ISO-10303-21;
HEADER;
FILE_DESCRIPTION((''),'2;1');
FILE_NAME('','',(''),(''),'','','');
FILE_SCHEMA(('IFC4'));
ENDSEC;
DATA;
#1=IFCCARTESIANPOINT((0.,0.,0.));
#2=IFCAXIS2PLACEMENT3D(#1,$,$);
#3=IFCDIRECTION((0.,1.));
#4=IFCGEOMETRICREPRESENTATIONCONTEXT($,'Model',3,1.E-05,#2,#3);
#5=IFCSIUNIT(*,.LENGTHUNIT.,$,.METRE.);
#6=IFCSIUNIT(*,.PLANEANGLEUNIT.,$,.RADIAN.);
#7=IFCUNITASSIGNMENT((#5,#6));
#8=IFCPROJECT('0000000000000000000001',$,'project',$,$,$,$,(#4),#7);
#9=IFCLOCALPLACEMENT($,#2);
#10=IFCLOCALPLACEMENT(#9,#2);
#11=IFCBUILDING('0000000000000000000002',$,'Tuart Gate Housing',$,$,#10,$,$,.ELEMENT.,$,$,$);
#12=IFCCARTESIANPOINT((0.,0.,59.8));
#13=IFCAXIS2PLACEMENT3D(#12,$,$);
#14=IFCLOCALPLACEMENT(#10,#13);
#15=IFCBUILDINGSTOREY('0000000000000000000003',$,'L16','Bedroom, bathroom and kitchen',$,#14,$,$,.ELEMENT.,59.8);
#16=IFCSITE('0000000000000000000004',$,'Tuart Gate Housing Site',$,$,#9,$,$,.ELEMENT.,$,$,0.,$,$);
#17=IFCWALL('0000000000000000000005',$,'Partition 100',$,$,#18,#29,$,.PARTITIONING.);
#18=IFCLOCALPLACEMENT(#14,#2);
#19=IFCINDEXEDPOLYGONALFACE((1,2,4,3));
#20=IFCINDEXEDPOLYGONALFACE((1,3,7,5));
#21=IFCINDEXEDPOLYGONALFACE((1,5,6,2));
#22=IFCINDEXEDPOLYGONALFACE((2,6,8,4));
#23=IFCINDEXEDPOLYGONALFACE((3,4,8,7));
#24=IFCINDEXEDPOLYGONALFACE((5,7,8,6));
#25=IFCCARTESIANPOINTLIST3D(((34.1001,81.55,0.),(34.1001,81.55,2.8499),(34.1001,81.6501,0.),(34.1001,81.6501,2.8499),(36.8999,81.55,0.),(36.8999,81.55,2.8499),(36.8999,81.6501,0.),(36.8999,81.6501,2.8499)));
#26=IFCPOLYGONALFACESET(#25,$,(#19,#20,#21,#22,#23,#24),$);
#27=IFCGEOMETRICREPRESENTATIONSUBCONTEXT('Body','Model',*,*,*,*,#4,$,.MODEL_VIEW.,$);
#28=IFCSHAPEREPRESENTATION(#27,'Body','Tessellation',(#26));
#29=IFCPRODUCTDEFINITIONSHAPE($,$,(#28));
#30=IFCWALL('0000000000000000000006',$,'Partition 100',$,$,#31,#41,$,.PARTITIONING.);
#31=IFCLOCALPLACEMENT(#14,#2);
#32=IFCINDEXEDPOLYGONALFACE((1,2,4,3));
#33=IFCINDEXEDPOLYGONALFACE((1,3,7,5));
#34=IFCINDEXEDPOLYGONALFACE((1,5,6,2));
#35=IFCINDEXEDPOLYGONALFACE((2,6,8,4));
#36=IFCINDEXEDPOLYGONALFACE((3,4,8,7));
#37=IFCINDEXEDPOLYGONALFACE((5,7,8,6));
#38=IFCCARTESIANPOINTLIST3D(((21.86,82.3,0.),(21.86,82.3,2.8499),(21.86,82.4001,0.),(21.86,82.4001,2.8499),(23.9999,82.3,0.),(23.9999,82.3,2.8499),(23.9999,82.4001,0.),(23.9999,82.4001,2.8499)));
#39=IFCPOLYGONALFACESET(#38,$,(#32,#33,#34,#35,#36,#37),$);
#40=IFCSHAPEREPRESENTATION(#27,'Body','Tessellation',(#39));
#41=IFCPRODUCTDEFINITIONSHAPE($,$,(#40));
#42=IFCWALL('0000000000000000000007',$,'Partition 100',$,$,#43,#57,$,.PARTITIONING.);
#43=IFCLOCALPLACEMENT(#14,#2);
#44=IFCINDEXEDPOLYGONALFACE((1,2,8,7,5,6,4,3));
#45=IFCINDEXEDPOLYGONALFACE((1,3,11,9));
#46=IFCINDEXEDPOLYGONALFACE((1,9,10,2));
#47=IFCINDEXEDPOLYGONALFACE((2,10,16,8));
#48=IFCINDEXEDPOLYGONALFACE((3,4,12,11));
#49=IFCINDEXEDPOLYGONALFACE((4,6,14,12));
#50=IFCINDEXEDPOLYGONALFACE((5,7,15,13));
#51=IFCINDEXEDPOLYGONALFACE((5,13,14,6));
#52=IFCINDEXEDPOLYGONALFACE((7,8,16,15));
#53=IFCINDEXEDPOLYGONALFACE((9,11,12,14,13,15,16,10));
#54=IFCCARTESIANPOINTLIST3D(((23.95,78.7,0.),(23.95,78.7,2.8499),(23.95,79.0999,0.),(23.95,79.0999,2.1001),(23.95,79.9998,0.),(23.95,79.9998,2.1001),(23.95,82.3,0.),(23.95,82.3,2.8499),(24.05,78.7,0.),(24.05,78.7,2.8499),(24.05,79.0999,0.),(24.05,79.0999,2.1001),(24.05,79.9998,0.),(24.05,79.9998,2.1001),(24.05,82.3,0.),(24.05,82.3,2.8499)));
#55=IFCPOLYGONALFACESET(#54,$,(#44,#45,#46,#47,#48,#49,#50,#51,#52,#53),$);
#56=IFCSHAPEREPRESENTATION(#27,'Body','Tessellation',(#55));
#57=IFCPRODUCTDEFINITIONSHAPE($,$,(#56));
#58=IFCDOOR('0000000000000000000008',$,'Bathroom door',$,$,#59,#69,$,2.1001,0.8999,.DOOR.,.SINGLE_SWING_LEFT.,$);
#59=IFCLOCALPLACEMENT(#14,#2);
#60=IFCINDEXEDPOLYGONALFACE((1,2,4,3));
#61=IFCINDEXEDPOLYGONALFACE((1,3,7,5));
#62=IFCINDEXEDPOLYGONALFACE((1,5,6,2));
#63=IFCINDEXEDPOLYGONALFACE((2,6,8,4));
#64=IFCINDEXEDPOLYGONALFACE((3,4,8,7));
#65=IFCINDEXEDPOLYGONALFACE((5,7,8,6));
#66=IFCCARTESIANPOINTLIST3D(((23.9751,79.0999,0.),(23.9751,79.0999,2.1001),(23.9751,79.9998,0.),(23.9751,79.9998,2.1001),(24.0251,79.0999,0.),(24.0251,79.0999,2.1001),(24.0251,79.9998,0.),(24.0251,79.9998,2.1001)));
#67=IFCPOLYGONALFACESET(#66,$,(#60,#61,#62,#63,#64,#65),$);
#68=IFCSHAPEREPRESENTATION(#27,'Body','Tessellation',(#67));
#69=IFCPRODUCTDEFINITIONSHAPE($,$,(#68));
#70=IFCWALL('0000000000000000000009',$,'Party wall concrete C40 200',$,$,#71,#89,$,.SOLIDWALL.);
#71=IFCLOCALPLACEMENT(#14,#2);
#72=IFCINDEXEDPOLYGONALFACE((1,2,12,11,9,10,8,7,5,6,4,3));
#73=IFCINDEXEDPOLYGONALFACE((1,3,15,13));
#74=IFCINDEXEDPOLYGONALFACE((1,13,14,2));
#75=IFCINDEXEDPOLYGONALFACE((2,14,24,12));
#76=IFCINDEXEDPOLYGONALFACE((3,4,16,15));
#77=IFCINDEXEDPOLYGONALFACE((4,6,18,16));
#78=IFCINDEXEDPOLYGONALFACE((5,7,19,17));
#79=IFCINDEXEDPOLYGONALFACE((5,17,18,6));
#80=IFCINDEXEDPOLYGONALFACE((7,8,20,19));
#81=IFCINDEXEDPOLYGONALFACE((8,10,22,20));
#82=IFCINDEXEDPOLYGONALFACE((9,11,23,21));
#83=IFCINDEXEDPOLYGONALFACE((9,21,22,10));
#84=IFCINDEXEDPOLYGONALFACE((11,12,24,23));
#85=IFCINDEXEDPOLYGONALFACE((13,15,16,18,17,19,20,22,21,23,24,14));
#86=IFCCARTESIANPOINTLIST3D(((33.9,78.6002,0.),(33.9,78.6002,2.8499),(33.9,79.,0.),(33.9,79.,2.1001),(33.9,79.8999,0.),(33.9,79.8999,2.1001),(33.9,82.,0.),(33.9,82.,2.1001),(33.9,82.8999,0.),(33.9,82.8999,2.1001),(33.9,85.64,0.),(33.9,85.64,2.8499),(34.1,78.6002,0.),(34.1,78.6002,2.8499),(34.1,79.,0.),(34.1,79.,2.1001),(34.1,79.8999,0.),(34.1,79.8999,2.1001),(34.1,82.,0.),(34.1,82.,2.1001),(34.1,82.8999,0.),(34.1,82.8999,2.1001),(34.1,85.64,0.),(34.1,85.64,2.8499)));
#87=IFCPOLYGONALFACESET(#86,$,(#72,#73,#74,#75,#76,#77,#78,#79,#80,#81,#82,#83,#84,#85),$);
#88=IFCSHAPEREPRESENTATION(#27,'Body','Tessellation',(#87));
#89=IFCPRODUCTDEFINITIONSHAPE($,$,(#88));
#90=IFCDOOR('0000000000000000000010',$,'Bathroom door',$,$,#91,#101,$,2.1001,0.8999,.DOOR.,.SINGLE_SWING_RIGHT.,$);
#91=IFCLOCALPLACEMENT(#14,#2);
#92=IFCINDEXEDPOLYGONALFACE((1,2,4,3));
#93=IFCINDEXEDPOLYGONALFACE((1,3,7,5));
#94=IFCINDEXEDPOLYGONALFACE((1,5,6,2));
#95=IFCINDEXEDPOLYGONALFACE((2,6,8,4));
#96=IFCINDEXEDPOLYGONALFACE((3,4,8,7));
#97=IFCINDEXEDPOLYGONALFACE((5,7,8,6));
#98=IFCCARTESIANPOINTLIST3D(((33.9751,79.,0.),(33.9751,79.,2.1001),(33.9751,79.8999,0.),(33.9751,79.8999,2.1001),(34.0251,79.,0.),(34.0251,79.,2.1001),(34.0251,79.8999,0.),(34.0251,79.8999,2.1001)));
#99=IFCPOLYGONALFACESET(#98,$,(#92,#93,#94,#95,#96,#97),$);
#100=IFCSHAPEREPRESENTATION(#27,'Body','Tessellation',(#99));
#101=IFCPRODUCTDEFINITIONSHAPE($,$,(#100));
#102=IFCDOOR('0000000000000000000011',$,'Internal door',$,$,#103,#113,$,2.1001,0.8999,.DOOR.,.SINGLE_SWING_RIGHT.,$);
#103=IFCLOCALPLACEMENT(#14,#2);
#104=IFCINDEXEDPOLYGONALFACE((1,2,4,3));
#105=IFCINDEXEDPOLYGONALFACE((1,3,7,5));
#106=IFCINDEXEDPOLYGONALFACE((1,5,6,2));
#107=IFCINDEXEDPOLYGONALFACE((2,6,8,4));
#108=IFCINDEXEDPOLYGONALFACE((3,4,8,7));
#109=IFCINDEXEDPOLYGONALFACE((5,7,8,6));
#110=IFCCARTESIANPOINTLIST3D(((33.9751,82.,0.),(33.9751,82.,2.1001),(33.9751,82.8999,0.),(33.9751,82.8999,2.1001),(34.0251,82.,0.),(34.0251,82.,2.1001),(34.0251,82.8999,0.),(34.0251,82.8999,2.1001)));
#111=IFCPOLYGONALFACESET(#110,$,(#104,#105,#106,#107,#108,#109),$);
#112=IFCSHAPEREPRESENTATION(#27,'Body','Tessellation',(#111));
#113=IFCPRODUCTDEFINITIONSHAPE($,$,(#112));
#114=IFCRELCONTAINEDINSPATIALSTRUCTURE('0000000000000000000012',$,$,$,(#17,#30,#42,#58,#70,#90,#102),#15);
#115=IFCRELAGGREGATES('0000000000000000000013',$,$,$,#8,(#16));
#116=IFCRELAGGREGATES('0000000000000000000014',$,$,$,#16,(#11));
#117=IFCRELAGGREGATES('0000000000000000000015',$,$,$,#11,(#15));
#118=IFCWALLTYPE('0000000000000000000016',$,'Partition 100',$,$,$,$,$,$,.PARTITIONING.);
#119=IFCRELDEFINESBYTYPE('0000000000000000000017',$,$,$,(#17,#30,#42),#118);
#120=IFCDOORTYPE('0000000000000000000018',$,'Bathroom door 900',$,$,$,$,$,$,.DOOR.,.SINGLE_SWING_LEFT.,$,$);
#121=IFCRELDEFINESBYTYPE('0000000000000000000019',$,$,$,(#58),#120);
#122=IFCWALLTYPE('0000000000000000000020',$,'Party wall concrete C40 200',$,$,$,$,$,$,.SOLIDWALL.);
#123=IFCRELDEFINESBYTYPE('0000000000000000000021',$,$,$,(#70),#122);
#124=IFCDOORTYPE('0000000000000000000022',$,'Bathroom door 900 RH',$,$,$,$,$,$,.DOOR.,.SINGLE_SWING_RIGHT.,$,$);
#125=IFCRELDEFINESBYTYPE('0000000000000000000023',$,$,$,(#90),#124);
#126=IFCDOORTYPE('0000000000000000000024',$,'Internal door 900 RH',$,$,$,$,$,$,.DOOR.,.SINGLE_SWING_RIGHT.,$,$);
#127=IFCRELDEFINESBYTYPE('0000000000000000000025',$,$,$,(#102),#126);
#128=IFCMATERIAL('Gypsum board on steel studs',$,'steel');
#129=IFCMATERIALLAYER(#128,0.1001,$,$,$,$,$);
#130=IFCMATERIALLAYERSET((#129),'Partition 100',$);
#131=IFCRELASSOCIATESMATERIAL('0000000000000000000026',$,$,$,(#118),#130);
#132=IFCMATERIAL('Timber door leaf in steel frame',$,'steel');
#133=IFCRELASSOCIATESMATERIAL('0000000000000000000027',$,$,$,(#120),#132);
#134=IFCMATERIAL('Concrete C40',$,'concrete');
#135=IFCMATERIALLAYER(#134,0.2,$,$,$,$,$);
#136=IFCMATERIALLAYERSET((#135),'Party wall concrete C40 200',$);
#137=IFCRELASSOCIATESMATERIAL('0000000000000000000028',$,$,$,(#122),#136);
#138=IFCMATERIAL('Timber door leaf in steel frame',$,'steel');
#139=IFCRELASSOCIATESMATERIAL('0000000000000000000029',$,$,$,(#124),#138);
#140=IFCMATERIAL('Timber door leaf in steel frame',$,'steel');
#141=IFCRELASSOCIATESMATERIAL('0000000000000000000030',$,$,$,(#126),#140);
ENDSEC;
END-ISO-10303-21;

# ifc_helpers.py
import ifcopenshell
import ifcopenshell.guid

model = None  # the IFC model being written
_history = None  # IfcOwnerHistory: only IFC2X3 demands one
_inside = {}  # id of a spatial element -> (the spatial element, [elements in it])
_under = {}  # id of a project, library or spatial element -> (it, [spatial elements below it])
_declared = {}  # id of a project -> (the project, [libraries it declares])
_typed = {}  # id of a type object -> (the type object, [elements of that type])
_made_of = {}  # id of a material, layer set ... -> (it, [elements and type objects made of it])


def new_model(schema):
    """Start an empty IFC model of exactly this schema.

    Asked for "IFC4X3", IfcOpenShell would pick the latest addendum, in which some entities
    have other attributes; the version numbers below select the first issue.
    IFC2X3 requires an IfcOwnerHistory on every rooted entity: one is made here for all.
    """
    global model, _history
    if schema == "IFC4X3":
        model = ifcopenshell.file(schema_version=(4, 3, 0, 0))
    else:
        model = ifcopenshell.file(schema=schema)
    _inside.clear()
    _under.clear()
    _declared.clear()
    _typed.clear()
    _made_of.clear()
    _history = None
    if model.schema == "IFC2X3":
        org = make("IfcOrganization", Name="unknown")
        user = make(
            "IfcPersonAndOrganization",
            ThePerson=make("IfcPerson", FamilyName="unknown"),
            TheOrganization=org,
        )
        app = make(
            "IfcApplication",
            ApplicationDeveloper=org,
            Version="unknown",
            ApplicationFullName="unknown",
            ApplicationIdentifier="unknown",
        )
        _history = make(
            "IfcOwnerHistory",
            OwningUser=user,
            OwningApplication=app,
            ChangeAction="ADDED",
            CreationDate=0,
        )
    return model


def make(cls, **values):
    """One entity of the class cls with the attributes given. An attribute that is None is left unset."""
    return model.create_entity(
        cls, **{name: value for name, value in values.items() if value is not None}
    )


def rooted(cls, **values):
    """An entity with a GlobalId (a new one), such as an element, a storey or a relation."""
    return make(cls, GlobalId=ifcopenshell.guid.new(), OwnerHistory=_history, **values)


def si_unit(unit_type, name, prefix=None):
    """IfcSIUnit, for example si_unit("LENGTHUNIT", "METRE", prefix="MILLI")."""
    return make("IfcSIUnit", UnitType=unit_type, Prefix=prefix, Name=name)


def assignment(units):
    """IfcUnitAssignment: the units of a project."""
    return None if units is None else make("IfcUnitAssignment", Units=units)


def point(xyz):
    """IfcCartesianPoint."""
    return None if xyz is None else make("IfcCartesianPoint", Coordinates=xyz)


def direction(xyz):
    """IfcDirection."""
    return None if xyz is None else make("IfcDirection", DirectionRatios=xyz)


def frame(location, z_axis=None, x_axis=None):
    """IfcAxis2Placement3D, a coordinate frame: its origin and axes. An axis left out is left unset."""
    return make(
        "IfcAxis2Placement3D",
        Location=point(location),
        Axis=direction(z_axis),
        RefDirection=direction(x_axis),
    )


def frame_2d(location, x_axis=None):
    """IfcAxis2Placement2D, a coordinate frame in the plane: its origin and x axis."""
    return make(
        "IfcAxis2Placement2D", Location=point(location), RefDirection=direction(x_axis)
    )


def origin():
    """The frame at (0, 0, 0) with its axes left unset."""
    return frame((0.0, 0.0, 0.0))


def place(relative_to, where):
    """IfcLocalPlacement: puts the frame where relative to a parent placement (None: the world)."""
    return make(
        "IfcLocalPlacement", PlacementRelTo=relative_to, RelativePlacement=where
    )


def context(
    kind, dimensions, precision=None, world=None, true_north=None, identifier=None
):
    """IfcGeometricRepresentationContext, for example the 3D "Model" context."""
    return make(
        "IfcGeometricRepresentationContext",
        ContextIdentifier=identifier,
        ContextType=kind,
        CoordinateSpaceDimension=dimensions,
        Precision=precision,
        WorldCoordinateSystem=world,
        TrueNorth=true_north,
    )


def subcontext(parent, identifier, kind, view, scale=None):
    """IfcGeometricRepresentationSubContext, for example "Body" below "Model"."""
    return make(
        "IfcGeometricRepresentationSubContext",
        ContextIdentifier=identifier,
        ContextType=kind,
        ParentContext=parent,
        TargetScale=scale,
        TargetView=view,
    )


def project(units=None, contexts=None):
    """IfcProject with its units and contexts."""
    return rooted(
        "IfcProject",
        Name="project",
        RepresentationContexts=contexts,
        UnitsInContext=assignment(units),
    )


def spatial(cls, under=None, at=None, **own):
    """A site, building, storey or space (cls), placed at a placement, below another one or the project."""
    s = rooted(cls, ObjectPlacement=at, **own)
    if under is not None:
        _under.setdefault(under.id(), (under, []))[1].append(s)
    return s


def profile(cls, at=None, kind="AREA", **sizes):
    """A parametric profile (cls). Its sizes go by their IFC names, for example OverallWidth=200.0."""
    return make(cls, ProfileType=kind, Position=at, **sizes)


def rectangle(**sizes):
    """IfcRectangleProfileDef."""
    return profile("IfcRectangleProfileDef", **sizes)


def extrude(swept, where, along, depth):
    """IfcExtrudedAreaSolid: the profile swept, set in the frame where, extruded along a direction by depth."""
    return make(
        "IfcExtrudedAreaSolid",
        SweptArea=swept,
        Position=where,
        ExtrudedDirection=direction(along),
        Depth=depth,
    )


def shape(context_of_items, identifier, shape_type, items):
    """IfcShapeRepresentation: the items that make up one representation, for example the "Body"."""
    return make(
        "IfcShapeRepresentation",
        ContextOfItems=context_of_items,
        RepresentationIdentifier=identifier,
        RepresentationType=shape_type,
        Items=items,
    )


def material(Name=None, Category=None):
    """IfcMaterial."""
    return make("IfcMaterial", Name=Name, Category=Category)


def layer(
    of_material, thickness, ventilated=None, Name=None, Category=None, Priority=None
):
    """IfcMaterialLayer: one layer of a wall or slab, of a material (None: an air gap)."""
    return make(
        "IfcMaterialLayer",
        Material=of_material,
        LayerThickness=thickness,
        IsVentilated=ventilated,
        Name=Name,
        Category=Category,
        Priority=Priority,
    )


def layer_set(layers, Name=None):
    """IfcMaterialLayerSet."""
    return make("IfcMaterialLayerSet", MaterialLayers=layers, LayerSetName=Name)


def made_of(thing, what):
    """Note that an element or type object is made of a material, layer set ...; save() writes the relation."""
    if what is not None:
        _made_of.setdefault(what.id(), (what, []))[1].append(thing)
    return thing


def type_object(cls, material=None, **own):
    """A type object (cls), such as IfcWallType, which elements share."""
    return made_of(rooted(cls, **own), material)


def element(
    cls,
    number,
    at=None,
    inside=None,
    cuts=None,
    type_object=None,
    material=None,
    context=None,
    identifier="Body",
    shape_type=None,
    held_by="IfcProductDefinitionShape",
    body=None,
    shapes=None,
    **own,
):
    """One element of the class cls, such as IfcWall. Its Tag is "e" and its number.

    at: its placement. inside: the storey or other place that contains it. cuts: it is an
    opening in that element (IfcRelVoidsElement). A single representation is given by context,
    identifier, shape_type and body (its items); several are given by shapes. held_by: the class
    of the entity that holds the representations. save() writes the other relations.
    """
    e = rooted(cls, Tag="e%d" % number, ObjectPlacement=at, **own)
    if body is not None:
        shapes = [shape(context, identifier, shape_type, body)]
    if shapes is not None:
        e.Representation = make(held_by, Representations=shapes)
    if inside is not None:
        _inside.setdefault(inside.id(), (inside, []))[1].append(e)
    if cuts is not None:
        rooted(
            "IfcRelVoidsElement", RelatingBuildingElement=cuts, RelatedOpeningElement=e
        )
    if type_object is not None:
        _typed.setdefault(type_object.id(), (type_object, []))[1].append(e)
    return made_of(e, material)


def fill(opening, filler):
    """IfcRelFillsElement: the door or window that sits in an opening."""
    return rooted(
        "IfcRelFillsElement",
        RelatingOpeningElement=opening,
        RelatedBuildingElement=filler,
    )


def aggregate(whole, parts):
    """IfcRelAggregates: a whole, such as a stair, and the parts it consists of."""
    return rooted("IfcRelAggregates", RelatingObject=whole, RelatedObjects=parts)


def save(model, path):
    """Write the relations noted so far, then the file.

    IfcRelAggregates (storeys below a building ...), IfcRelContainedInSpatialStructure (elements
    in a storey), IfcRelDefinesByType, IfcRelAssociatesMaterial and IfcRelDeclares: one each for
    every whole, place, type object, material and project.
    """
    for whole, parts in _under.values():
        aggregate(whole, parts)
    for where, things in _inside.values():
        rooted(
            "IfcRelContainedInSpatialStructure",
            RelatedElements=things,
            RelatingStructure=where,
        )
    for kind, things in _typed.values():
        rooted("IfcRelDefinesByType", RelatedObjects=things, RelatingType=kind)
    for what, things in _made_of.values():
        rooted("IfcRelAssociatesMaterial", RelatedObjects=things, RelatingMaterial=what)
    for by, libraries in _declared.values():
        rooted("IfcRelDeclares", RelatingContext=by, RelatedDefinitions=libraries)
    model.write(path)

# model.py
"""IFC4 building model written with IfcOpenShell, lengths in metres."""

from ifc_helpers import new_model, si_unit, direction, frame, frame_2d, origin, place, context, subcontext, project, spatial, rectangle, extrude, material, layer, layer_set, type_object, element, fill, save


model = new_model("IFC4")

# Units and contexts
model_context = context("Model", 3, precision=1e-05, world=origin(), true_north=direction((0.0, 1.0)))
body_context = subcontext(model_context, "Body", "Model", "MODEL_VIEW")
ifc_project = project(units=[si_unit("LENGTHUNIT", "METRE"), si_unit("PLANEANGLEUNIT", "RADIAN")], contexts=[model_context])

# Site, building, storey
site_placement = place(None, origin())
site = spatial("IfcSite", under=ifc_project, at=site_placement, Name="Tuart Gate Housing Site", CompositionType="ELEMENT", RefElevation=0.0)
building_placement = place(site_placement, origin())
building = spatial("IfcBuilding", under=site, at=building_placement, Name="Tuart Gate Housing", CompositionType="ELEMENT")
storey_placement = place(building_placement, frame((0.0, 0.0, 59.8)))
storey = spatial("IfcBuildingStorey", under=building, at=storey_placement, Name="L16", Description="Bedroom, bathroom and kitchen", CompositionType="ELEMENT", Elevation=59.8)

# Walls
ifc_material_1 = material(Name="Gypsum board on steel studs", Category="steel")
ifc_layer_1 = layer(ifc_material_1, 0.1001)
ifc_layer_set_1 = layer_set([ifc_layer_1], Name="Partition 100")
wall_type_1 = type_object("IfcWallType", Name="Partition 100", PredefinedType="PARTITIONING", material=ifc_layer_set_1)
wall_1_placement = place(storey_placement, frame((34.1001, 81.6001, 0.0), z_axis=(0.0, 0.0, 1.0), x_axis=(1.0, 0.0, 0.0)))
element("IfcWall", 1, at=wall_1_placement, inside=storey, type_object=wall_type_1, Name="Partition 100", PredefinedType="PARTITIONING", context=body_context, shape_type="SweptSolid", body=[
    extrude(rectangle(XDim=2.7998, YDim=0.1001, at=frame_2d((1.3999, 0.0))), origin(), (0.0, 0.0, 1.0), 2.8499),
])
wall_2_placement = place(storey_placement, frame((21.8601, 82.3501, 0.0), z_axis=(0.0, 0.0, 1.0), x_axis=(1.0, 0.0, 0.0)))
element("IfcWall", 2, at=wall_2_placement, inside=storey, type_object=wall_type_1, Name="Partition 100", PredefinedType="PARTITIONING", context=body_context, shape_type="SweptSolid", body=[
    extrude(rectangle(XDim=2.1399, YDim=0.1001, at=frame_2d((1.0698, 0.0))), origin(), (0.0, 0.0, 1.0), 2.8499),
])

# Wall, opening, door
wall_3_placement = place(storey_placement, frame((24.0, 78.7, 0.0), z_axis=(0.0, 0.0, 1.0), x_axis=(0.0, 1.0, 0.0)))
wall_3 = element("IfcWall", 3, at=wall_3_placement, inside=storey, type_object=wall_type_1, Name="Partition 100", PredefinedType="PARTITIONING", context=body_context, shape_type="SweptSolid", body=[
    extrude(rectangle(XDim=3.6001, YDim=0.1001, at=frame_2d((1.8, 0.0))), origin(), (0.0, 0.0, 1.0), 2.8499),
])
opening_1_placement = place(wall_3_placement, frame((0.3999, 0.0, 0.0)))
opening_1 = element("IfcOpeningElement", 4, at=opening_1_placement, cuts=wall_3, PredefinedType="OPENING", context=body_context, shape_type="SweptSolid", body=[
    extrude(rectangle(XDim=0.8999, YDim=2.1001, at=frame_2d((0.45, 1.05))), frame((0.0, 0.0601, 0.0), z_axis=(0.0, -1.0, 0.0), x_axis=(1.0, 0.0, 0.0)), (0.0, 0.0, 1.0), 0.1201),
])
ifc_material_2 = material(Name="Timber door leaf in steel frame", Category="steel")
door_type_1 = type_object("IfcDoorType", Name="Bathroom door 900", OperationType="SINGLE_SWING_LEFT", PredefinedType="DOOR", material=ifc_material_2)
door_1_placement = place(opening_1_placement, origin())
door_1 = element("IfcDoor", 5, at=door_1_placement, inside=storey, type_object=door_type_1, Name="Bathroom door", OperationType="SINGLE_SWING_LEFT", OverallHeight=2.1001, OverallWidth=0.8999, PredefinedType="DOOR", context=body_context, shape_type="SweptSolid", body=[
    extrude(rectangle(XDim=0.8999, YDim=2.1001, at=frame_2d((0.45, 1.05))), frame((0.0, 0.0249, 0.0), z_axis=(0.0, -1.0, 0.0), x_axis=(1.0, 0.0, 0.0)), (0.0, 0.0, 1.0), 0.05),
])
fill(opening_1, door_1)

# Wall, openings, doors
ifc_material_3 = material(Name="Concrete C40", Category="concrete")
ifc_layer_2 = layer(ifc_material_3, 0.2)
ifc_layer_set_2 = layer_set([ifc_layer_2], Name="Party wall concrete C40 200")
wall_type_2 = type_object("IfcWallType", Name="Party wall concrete C40 200", PredefinedType="SOLIDWALL", material=ifc_layer_set_2)
wall_4_placement = place(storey_placement, frame((34.0, 78.6001, 0.0), z_axis=(0.0, 0.0, 1.0), x_axis=(0.0, 1.0, 0.0)))
wall_4 = element("IfcWall", 6, at=wall_4_placement, inside=storey, type_object=wall_type_2, Name="Party wall concrete C40 200", PredefinedType="SOLIDWALL", context=body_context, shape_type="SweptSolid", body=[
    extrude(rectangle(XDim=7.0398, YDim=0.2, at=frame_2d((3.52, 0.0))), origin(), (0.0, 0.0, 1.0), 2.8499),
])
opening_2_placement = place(wall_4_placement, frame((3.3999, 0.0, 0.0)))
opening_2 = element("IfcOpeningElement", 7, at=opening_2_placement, cuts=wall_4, PredefinedType="OPENING", context=body_context, shape_type="SweptSolid", body=[
    extrude(rectangle(XDim=0.8999, YDim=2.1001, at=frame_2d((0.45, 1.05))), frame((0.0, 0.1099, 0.0), z_axis=(0.0, -1.0, 0.0), x_axis=(1.0, 0.0, 0.0)), (0.0, 0.0, 1.0), 0.22),
])
opening_3_placement = place(wall_4_placement, frame((0.3999, 0.0, 0.0)))
opening_3 = element("IfcOpeningElement", 8, at=opening_3_placement, cuts=wall_4, PredefinedType="OPENING", context=body_context, shape_type="SweptSolid", body=[
    extrude(rectangle(XDim=0.8999, YDim=2.1001, at=frame_2d((0.45, 1.05))), frame((0.0, 0.1099, 0.0), z_axis=(0.0, -1.0, 0.0), x_axis=(1.0, 0.0, 0.0)), (0.0, 0.0, 1.0), 0.22),
])
ifc_material_4 = material(Name="Timber door leaf in steel frame", Category="steel")
door_type_2 = type_object("IfcDoorType", Name="Bathroom door 900 RH", OperationType="SINGLE_SWING_RIGHT", PredefinedType="DOOR", material=ifc_material_4)
door_2_placement = place(opening_3_placement, frame((0.8999, 0.0, 0.0), z_axis=(0.0, 0.0, 1.0), x_axis=(-1.0, 0.0, 0.0)))
door_2 = element("IfcDoor", 9, at=door_2_placement, inside=storey, type_object=door_type_2, Name="Bathroom door", OperationType="SINGLE_SWING_RIGHT", OverallHeight=2.1001, OverallWidth=0.8999, PredefinedType="DOOR", context=body_context, shape_type="SweptSolid", body=[
    extrude(rectangle(XDim=0.8999, YDim=2.1001, at=frame_2d((0.45, 1.05))), frame((0.0, 0.0251, 0.0), z_axis=(0.0, -1.0, 0.0), x_axis=(1.0, 0.0, 0.0)), (0.0, 0.0, 1.0), 0.05),
])
fill(opening_3, door_2)
ifc_material_5 = material(Name="Timber door leaf in steel frame", Category="steel")
door_type_3 = type_object("IfcDoorType", Name="Internal door 900 RH", OperationType="SINGLE_SWING_RIGHT", PredefinedType="DOOR", material=ifc_material_5)
door_3_placement = place(opening_2_placement, frame((0.8999, 0.0, 0.0), z_axis=(0.0, 0.0, 1.0), x_axis=(-1.0, 0.0, 0.0)))
door_3 = element("IfcDoor", 10, at=door_3_placement, inside=storey, type_object=door_type_3, Name="Internal door", OperationType="SINGLE_SWING_RIGHT", OverallHeight=2.1001, OverallWidth=0.8999, PredefinedType="DOOR", context=body_context, shape_type="SweptSolid", body=[
    extrude(rectangle(XDim=0.8999, YDim=2.1001, at=frame_2d((0.45, 1.05))), frame((0.0, 0.0251, 0.0), z_axis=(0.0, -1.0, 0.0), x_axis=(1.0, 0.0, 0.0)), (0.0, 0.0, 1.0), 0.05),
])
fill(opening_2, door_3)

save(model, "model.ifc")
